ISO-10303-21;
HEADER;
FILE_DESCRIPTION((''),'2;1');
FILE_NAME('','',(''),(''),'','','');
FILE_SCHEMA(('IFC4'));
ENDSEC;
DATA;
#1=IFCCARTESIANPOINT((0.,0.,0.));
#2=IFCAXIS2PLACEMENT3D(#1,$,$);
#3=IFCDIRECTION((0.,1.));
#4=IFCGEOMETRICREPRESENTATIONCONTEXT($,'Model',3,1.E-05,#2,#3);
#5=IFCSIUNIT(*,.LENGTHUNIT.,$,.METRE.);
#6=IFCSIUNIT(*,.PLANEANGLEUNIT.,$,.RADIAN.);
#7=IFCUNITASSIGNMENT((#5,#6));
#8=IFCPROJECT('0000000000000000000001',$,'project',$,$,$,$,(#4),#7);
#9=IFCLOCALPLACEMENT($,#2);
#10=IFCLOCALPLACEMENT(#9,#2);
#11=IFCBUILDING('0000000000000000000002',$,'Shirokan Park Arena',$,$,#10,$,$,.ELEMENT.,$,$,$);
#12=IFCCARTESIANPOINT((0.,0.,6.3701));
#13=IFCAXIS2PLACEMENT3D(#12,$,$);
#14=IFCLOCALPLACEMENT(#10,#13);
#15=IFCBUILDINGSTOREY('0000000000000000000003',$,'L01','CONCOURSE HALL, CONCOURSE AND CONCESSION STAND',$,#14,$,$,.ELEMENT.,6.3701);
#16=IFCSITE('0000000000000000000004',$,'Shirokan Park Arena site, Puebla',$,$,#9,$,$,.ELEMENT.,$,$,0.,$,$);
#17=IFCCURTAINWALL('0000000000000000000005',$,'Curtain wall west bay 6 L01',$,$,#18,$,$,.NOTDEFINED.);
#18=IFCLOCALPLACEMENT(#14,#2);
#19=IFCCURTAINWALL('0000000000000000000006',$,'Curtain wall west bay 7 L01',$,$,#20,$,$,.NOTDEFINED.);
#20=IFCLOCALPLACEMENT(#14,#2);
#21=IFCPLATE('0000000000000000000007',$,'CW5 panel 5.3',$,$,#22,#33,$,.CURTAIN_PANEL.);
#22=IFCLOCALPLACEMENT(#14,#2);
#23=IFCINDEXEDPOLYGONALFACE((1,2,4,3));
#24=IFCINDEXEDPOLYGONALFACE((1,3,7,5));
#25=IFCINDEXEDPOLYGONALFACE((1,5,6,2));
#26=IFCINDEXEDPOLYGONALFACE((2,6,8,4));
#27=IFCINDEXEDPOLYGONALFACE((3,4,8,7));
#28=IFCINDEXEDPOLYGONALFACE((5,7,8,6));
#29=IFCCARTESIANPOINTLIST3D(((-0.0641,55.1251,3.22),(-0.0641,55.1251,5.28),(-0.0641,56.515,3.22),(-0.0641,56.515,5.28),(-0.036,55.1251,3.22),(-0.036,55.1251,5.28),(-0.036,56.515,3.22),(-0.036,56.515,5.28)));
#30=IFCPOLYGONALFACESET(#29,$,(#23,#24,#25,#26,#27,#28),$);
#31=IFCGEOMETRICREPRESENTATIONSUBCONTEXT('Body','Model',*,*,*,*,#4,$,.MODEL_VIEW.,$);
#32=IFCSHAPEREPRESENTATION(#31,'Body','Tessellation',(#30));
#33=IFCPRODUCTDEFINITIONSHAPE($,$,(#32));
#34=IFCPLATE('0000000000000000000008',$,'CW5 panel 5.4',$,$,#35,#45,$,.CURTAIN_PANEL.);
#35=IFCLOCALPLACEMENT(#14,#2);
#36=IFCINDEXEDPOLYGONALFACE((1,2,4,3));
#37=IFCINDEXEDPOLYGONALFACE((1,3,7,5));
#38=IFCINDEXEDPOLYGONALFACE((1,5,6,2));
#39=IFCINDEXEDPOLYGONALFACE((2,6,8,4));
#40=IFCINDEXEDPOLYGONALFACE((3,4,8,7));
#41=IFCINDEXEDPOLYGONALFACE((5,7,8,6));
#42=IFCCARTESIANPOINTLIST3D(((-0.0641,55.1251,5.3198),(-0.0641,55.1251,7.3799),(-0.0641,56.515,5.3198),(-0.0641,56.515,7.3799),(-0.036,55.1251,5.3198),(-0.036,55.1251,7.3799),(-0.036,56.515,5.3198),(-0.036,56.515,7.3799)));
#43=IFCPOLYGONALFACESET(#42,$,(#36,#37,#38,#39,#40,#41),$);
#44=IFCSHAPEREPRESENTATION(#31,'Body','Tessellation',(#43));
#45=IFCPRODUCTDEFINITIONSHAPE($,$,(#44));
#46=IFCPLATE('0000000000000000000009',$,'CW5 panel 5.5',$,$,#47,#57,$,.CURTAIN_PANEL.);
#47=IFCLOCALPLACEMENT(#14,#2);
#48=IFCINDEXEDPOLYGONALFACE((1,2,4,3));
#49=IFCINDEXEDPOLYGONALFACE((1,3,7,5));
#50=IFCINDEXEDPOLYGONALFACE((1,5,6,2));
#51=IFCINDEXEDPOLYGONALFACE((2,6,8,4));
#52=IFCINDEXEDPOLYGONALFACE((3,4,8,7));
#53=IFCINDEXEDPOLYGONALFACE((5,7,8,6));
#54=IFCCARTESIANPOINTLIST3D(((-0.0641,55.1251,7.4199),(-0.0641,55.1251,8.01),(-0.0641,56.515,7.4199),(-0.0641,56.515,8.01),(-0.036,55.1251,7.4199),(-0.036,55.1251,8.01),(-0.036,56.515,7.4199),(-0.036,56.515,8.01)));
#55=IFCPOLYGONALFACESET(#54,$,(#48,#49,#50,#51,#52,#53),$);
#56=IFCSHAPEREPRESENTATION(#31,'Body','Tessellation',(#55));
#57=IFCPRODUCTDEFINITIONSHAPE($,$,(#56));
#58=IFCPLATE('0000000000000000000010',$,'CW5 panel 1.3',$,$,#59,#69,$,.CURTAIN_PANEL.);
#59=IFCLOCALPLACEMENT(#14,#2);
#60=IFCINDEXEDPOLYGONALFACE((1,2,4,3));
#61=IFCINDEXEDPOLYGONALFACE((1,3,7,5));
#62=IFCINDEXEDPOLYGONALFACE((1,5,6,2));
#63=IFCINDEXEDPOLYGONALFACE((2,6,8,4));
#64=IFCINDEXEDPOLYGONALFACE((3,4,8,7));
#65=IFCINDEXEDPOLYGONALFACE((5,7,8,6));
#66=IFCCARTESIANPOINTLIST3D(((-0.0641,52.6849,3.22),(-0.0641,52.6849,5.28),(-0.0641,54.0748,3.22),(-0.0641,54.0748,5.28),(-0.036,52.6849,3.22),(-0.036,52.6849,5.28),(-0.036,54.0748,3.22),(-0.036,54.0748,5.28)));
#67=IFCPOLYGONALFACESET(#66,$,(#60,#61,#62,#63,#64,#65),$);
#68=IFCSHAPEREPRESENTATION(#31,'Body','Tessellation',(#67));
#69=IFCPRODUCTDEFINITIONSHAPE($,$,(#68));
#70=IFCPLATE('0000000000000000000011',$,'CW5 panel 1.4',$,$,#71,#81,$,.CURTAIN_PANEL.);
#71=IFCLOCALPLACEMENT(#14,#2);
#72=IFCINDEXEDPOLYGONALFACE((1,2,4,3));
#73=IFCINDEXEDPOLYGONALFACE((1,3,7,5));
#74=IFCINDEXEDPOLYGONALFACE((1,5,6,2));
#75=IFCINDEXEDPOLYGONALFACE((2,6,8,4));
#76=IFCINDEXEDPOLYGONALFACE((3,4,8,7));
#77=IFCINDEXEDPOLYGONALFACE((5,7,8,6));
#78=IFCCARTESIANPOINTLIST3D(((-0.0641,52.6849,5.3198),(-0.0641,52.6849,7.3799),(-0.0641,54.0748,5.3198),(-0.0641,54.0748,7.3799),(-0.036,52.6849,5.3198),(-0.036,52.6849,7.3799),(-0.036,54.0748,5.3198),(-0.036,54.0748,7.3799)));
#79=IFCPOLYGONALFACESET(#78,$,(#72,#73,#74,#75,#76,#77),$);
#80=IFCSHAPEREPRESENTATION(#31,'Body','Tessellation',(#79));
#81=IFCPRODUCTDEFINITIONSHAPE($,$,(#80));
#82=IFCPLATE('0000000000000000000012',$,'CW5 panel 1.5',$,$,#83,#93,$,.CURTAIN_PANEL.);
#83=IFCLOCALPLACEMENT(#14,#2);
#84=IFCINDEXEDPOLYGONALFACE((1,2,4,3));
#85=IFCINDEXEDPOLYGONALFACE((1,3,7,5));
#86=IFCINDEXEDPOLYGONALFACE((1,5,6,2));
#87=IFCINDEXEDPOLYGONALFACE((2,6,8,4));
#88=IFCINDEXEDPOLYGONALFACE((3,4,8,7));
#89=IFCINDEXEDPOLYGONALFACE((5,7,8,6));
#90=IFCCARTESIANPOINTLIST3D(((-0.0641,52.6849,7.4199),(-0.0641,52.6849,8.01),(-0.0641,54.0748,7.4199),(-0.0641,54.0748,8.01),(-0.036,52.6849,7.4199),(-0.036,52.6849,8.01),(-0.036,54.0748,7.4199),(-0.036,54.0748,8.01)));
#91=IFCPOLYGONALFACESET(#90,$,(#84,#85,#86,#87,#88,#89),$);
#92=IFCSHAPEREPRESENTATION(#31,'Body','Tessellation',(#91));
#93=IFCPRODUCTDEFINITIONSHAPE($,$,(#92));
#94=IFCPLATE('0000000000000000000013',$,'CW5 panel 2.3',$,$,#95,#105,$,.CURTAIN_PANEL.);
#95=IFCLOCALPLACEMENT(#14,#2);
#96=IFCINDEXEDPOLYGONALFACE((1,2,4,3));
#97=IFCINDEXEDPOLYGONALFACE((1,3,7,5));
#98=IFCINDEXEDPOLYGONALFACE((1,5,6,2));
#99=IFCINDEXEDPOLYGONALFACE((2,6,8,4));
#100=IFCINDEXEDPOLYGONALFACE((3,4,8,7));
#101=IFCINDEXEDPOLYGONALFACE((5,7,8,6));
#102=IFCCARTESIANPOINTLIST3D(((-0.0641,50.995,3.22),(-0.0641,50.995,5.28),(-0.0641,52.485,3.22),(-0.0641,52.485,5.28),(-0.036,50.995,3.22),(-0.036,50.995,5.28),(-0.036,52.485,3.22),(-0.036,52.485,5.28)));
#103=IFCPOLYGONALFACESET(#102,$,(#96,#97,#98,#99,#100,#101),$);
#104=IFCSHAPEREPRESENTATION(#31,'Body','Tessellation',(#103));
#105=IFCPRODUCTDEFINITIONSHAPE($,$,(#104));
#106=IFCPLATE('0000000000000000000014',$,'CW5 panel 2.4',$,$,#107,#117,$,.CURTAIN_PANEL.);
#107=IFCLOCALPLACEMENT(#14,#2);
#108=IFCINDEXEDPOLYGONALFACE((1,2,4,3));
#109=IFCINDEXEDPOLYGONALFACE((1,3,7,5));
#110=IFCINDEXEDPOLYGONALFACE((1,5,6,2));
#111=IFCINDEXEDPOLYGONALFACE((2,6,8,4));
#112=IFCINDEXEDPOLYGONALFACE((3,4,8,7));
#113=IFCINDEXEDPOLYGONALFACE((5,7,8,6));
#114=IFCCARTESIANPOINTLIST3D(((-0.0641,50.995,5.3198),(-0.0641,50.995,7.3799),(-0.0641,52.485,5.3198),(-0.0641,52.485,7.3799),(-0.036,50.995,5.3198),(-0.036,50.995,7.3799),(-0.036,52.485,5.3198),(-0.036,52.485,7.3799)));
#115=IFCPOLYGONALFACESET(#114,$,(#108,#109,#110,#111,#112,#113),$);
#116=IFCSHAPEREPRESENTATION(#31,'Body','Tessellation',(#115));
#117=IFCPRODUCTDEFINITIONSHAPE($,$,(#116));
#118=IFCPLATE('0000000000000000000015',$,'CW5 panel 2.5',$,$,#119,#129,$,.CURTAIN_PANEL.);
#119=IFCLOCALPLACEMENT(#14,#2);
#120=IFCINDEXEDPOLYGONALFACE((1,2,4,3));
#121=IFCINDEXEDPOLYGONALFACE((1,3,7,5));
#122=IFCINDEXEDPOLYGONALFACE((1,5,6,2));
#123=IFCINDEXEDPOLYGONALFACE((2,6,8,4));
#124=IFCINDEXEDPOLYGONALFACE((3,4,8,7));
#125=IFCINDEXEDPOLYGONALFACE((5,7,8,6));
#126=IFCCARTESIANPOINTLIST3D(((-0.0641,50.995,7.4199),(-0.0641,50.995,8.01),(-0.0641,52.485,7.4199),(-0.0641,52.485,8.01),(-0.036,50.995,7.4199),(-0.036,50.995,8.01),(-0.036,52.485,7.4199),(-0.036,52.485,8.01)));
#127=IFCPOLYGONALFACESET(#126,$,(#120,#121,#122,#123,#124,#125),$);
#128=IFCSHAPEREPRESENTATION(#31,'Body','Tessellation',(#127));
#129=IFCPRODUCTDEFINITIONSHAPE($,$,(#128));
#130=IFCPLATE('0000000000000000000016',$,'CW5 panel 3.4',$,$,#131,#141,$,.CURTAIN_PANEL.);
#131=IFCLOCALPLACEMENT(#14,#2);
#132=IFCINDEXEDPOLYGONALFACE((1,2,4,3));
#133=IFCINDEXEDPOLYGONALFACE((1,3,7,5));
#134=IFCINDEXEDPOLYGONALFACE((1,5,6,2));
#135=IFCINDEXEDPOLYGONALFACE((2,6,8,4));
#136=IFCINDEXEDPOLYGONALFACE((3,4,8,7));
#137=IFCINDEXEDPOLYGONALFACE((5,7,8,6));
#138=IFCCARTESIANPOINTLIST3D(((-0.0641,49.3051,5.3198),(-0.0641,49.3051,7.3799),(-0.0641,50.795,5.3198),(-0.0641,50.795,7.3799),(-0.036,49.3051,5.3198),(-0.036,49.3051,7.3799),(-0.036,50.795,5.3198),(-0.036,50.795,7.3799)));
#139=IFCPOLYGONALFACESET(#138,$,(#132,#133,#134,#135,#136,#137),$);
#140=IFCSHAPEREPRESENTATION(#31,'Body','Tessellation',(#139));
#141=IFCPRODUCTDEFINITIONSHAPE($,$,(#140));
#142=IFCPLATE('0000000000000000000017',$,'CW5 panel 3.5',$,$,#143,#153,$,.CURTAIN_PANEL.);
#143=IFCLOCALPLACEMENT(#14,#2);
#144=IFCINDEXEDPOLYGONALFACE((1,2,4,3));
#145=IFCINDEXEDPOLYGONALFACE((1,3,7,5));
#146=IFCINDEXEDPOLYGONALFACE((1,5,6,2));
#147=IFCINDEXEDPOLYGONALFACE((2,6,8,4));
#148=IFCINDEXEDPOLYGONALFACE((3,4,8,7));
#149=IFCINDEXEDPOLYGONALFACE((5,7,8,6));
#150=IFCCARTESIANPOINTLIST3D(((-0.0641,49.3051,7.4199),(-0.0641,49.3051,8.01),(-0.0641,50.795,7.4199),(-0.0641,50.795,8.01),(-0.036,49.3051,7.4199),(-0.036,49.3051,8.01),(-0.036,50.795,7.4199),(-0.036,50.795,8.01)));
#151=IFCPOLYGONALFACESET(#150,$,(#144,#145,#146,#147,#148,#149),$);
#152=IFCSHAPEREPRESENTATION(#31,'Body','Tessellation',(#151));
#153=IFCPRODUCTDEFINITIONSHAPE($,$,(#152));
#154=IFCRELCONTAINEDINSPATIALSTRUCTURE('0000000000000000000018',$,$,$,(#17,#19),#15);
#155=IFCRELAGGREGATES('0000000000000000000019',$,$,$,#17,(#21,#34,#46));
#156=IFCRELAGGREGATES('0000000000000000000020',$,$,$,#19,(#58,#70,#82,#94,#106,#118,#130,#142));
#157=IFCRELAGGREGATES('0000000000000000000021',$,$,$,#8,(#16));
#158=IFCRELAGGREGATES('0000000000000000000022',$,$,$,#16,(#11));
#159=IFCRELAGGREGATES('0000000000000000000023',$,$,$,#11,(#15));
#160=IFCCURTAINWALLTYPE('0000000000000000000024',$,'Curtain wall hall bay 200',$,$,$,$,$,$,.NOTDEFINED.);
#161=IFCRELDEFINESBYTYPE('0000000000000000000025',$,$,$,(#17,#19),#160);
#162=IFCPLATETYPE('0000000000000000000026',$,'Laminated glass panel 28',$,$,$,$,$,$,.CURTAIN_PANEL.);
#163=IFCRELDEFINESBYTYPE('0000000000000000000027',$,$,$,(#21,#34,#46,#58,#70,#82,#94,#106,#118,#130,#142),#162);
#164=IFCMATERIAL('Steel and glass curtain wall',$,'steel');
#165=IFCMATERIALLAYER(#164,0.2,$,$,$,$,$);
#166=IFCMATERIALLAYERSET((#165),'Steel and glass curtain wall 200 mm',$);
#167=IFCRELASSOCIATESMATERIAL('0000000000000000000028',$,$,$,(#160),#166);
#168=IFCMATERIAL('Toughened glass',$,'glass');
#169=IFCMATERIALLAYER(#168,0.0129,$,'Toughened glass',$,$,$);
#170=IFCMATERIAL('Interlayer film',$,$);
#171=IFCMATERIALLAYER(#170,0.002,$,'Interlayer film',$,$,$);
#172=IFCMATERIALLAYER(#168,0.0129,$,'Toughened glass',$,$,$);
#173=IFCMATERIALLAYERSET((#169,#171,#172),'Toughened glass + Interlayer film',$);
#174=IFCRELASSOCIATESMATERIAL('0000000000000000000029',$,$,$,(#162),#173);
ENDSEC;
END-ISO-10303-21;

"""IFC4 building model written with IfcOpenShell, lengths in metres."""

from ifc_helpers import new_model, si_unit, direction, frame, origin, origin_2d, place, context, subcontext, project, spatial, rectangle, extrude, material, layer, layer_set, type_object, element, aggregate, save


model = new_model("IFC4")

# Units and contexts
model_context = context("Model", 3, precision=1e-05, world=origin(), true_north=direction((0.0, 1.0)))
body_context = subcontext(model_context, "Body", "Model", "MODEL_VIEW")
ifc_project = project(units=[si_unit("LENGTHUNIT", "METRE"), si_unit("PLANEANGLEUNIT", "RADIAN")], contexts=[model_context])

# Site, building, storey
site_placement = place(None, origin())
site = spatial("IfcSite", under=ifc_project, at=site_placement, Name="Shirokan Park Arena site, Puebla", CompositionType="ELEMENT", RefElevation=0.0)
building_placement = place(site_placement, origin())
building = spatial("IfcBuilding", under=site, at=building_placement, Name="Shirokan Park Arena", CompositionType="ELEMENT")
storey_placement = place(building_placement, frame((0.0, 0.0, 6.3701)))
storey = spatial("IfcBuildingStorey", under=building, at=storey_placement, Name="L01", Description="CONCOURSE HALL, CONCOURSE AND CONCESSION STAND", CompositionType="ELEMENT", Elevation=6.3701)

# Curtain walls
ifc_material_1 = material(Name="Steel and glass curtain wall", Category="steel")
ifc_layer_1 = layer(ifc_material_1, 0.2)
ifc_layer_set_1 = layer_set([ifc_layer_1], Name="Steel and glass curtain wall 200 mm")
curtain_wall_type = type_object("IfcCurtainWallType", Name="Curtain wall hall bay 200", PredefinedType="NOTDEFINED", material=ifc_layer_set_1)
curtain_wall_1_placement = place(storey_placement, origin())
curtain_wall_1 = element("IfcCurtainWall", 1, at=curtain_wall_1_placement, inside=storey, type_object=curtain_wall_type, Name="Curtain wall west bay 6 L01", PredefinedType="NOTDEFINED")
curtain_wall_2_placement = place(storey_placement, origin())
curtain_wall_2 = element("IfcCurtainWall", 2, at=curtain_wall_2_placement, inside=storey, type_object=curtain_wall_type, Name="Curtain wall west bay 7 L01", PredefinedType="NOTDEFINED")

# Plates
ifc_material_2 = material(Name="Toughened glass", Category="glass")
ifc_layer_2 = layer(ifc_material_2, 0.0129, Name="Toughened glass")
ifc_material_3 = material(Name="Interlayer film")
ifc_layer_3 = layer(ifc_material_3, 0.002, Name="Interlayer film")
ifc_layer_4 = layer(ifc_material_2, 0.0129, Name="Toughened glass")
ifc_layer_set_2 = layer_set([ifc_layer_2, ifc_layer_3, ifc_layer_4], Name="Toughened glass + Interlayer film")
plate_type = type_object("IfcPlateType", Name="Laminated glass panel 28", PredefinedType="CURTAIN_PANEL", material=ifc_layer_set_2)
plate_1_placement = place(storey_placement, frame((-0.05, 55.8201, 3.22), z_axis=(0.0, 0.0, 1.0), x_axis=(0.0, -1.0, 0.0)))
plate_1 = element("IfcPlate", 3, at=plate_1_placement, type_object=plate_type, Name="CW5 panel 5.3", PredefinedType="CURTAIN_PANEL", context=body_context, shape_type="SweptSolid", body=[
    extrude(rectangle(XDim=1.3899, YDim=0.0281, at=origin_2d()), origin(), (0.0, 0.0, 1.0), 2.0601),
])
plate_2_placement = place(storey_placement, frame((-0.05, 55.8201, 5.3198), z_axis=(0.0, 0.0, 1.0), x_axis=(0.0, -1.0, 0.0)))
plate_2 = element("IfcPlate", 4, at=plate_2_placement, type_object=plate_type, Name="CW5 panel 5.4", PredefinedType="CURTAIN_PANEL", context=body_context, shape_type="SweptSolid", body=[
    extrude(rectangle(XDim=1.3899, YDim=0.0281, at=origin_2d()), origin(), (0.0, 0.0, 1.0), 2.0601),
])
plate_3_placement = place(storey_placement, frame((-0.05, 55.8201, 7.4199), z_axis=(0.0, 0.0, 1.0), x_axis=(0.0, -1.0, 0.0)))
plate_3 = element("IfcPlate", 5, at=plate_3_placement, type_object=plate_type, Name="CW5 panel 5.5", PredefinedType="CURTAIN_PANEL", context=body_context, shape_type="SweptSolid", body=[
    extrude(rectangle(XDim=1.3899, YDim=0.0281, at=origin_2d()), origin(), (0.0, 0.0, 1.0), 0.5901),
])
aggregate(curtain_wall_1, [plate_1, plate_2, plate_3])
plate_4_placement = place(storey_placement, frame((-0.05, 53.3799, 3.22), z_axis=(0.0, 0.0, 1.0), x_axis=(0.0, -1.0, 0.0)))
plate_4 = element("IfcPlate", 6, at=plate_4_placement, type_object=plate_type, Name="CW5 panel 1.3", PredefinedType="CURTAIN_PANEL", context=body_context, shape_type="SweptSolid", body=[
    extrude(rectangle(XDim=1.3899, YDim=0.0281, at=origin_2d()), origin(), (0.0, 0.0, 1.0), 2.0601),
])
plate_5_placement = place(storey_placement, frame((-0.05, 53.3799, 5.3198), z_axis=(0.0, 0.0, 1.0), x_axis=(0.0, -1.0, 0.0)))
plate_5 = element("IfcPlate", 7, at=plate_5_placement, type_object=plate_type, Name="CW5 panel 1.4", PredefinedType="CURTAIN_PANEL", context=body_context, shape_type="SweptSolid", body=[
    extrude(rectangle(XDim=1.3899, YDim=0.0281, at=origin_2d()), origin(), (0.0, 0.0, 1.0), 2.0601),
])
plate_6_placement = place(storey_placement, frame((-0.05, 53.3799, 7.4199), z_axis=(0.0, 0.0, 1.0), x_axis=(0.0, -1.0, 0.0)))
plate_6 = element("IfcPlate", 8, at=plate_6_placement, type_object=plate_type, Name="CW5 panel 1.5", PredefinedType="CURTAIN_PANEL", context=body_context, shape_type="SweptSolid", body=[
    extrude(rectangle(XDim=1.3899, YDim=0.0281, at=origin_2d()), origin(), (0.0, 0.0, 1.0), 0.5901),
])
plate_7_placement = place(storey_placement, frame((-0.05, 51.74, 3.22), z_axis=(0.0, 0.0, 1.0), x_axis=(0.0, -1.0, 0.0)))
plate_7 = element("IfcPlate", 9, at=plate_7_placement, type_object=plate_type, Name="CW5 panel 2.3", PredefinedType="CURTAIN_PANEL", context=body_context, shape_type="SweptSolid", body=[
    extrude(rectangle(XDim=1.49, YDim=0.0281, at=origin_2d()), origin(), (0.0, 0.0, 1.0), 2.0601),
])
plate_8_placement = place(storey_placement, frame((-0.05, 51.74, 5.3198), z_axis=(0.0, 0.0, 1.0), x_axis=(0.0, -1.0, 0.0)))
plate_8 = element("IfcPlate", 10, at=plate_8_placement, type_object=plate_type, Name="CW5 panel 2.4", PredefinedType="CURTAIN_PANEL", context=body_context, shape_type="SweptSolid", body=[
    extrude(rectangle(XDim=1.49, YDim=0.0281, at=origin_2d()), origin(), (0.0, 0.0, 1.0), 2.0601),
])
plate_9_placement = place(storey_placement, frame((-0.05, 51.74, 7.4199), z_axis=(0.0, 0.0, 1.0), x_axis=(0.0, -1.0, 0.0)))
plate_9 = element("IfcPlate", 11, at=plate_9_placement, type_object=plate_type, Name="CW5 panel 2.5", PredefinedType="CURTAIN_PANEL", context=body_context, shape_type="SweptSolid", body=[
    extrude(rectangle(XDim=1.49, YDim=0.0281, at=origin_2d()), origin(), (0.0, 0.0, 1.0), 0.5901),
])
plate_10_placement = place(storey_placement, frame((-0.05, 50.05, 5.3198), z_axis=(0.0, 0.0, 1.0), x_axis=(0.0, -1.0, 0.0)))
plate_10 = element("IfcPlate", 12, at=plate_10_placement, type_object=plate_type, Name="CW5 panel 3.4", PredefinedType="CURTAIN_PANEL", context=body_context, shape_type="SweptSolid", body=[
    extrude(rectangle(XDim=1.49, YDim=0.0281, at=origin_2d()), origin(), (0.0, 0.0, 1.0), 2.0601),
])
plate_11_placement = place(storey_placement, frame((-0.05, 50.05, 7.4199), z_axis=(0.0, 0.0, 1.0), x_axis=(0.0, -1.0, 0.0)))
plate_11 = element("IfcPlate", 13, at=plate_11_placement, type_object=plate_type, Name="CW5 panel 3.5", PredefinedType="CURTAIN_PANEL", context=body_context, shape_type="SweptSolid", body=[
    extrude(rectangle(XDim=1.49, YDim=0.0281, at=origin_2d()), origin(), (0.0, 0.0, 1.0), 0.5901),
])
aggregate(curtain_wall_2, [plate_4, plate_5, plate_6, plate_7, plate_8, plate_9, plate_10, plate_11])

save(model, "model.ifc")
